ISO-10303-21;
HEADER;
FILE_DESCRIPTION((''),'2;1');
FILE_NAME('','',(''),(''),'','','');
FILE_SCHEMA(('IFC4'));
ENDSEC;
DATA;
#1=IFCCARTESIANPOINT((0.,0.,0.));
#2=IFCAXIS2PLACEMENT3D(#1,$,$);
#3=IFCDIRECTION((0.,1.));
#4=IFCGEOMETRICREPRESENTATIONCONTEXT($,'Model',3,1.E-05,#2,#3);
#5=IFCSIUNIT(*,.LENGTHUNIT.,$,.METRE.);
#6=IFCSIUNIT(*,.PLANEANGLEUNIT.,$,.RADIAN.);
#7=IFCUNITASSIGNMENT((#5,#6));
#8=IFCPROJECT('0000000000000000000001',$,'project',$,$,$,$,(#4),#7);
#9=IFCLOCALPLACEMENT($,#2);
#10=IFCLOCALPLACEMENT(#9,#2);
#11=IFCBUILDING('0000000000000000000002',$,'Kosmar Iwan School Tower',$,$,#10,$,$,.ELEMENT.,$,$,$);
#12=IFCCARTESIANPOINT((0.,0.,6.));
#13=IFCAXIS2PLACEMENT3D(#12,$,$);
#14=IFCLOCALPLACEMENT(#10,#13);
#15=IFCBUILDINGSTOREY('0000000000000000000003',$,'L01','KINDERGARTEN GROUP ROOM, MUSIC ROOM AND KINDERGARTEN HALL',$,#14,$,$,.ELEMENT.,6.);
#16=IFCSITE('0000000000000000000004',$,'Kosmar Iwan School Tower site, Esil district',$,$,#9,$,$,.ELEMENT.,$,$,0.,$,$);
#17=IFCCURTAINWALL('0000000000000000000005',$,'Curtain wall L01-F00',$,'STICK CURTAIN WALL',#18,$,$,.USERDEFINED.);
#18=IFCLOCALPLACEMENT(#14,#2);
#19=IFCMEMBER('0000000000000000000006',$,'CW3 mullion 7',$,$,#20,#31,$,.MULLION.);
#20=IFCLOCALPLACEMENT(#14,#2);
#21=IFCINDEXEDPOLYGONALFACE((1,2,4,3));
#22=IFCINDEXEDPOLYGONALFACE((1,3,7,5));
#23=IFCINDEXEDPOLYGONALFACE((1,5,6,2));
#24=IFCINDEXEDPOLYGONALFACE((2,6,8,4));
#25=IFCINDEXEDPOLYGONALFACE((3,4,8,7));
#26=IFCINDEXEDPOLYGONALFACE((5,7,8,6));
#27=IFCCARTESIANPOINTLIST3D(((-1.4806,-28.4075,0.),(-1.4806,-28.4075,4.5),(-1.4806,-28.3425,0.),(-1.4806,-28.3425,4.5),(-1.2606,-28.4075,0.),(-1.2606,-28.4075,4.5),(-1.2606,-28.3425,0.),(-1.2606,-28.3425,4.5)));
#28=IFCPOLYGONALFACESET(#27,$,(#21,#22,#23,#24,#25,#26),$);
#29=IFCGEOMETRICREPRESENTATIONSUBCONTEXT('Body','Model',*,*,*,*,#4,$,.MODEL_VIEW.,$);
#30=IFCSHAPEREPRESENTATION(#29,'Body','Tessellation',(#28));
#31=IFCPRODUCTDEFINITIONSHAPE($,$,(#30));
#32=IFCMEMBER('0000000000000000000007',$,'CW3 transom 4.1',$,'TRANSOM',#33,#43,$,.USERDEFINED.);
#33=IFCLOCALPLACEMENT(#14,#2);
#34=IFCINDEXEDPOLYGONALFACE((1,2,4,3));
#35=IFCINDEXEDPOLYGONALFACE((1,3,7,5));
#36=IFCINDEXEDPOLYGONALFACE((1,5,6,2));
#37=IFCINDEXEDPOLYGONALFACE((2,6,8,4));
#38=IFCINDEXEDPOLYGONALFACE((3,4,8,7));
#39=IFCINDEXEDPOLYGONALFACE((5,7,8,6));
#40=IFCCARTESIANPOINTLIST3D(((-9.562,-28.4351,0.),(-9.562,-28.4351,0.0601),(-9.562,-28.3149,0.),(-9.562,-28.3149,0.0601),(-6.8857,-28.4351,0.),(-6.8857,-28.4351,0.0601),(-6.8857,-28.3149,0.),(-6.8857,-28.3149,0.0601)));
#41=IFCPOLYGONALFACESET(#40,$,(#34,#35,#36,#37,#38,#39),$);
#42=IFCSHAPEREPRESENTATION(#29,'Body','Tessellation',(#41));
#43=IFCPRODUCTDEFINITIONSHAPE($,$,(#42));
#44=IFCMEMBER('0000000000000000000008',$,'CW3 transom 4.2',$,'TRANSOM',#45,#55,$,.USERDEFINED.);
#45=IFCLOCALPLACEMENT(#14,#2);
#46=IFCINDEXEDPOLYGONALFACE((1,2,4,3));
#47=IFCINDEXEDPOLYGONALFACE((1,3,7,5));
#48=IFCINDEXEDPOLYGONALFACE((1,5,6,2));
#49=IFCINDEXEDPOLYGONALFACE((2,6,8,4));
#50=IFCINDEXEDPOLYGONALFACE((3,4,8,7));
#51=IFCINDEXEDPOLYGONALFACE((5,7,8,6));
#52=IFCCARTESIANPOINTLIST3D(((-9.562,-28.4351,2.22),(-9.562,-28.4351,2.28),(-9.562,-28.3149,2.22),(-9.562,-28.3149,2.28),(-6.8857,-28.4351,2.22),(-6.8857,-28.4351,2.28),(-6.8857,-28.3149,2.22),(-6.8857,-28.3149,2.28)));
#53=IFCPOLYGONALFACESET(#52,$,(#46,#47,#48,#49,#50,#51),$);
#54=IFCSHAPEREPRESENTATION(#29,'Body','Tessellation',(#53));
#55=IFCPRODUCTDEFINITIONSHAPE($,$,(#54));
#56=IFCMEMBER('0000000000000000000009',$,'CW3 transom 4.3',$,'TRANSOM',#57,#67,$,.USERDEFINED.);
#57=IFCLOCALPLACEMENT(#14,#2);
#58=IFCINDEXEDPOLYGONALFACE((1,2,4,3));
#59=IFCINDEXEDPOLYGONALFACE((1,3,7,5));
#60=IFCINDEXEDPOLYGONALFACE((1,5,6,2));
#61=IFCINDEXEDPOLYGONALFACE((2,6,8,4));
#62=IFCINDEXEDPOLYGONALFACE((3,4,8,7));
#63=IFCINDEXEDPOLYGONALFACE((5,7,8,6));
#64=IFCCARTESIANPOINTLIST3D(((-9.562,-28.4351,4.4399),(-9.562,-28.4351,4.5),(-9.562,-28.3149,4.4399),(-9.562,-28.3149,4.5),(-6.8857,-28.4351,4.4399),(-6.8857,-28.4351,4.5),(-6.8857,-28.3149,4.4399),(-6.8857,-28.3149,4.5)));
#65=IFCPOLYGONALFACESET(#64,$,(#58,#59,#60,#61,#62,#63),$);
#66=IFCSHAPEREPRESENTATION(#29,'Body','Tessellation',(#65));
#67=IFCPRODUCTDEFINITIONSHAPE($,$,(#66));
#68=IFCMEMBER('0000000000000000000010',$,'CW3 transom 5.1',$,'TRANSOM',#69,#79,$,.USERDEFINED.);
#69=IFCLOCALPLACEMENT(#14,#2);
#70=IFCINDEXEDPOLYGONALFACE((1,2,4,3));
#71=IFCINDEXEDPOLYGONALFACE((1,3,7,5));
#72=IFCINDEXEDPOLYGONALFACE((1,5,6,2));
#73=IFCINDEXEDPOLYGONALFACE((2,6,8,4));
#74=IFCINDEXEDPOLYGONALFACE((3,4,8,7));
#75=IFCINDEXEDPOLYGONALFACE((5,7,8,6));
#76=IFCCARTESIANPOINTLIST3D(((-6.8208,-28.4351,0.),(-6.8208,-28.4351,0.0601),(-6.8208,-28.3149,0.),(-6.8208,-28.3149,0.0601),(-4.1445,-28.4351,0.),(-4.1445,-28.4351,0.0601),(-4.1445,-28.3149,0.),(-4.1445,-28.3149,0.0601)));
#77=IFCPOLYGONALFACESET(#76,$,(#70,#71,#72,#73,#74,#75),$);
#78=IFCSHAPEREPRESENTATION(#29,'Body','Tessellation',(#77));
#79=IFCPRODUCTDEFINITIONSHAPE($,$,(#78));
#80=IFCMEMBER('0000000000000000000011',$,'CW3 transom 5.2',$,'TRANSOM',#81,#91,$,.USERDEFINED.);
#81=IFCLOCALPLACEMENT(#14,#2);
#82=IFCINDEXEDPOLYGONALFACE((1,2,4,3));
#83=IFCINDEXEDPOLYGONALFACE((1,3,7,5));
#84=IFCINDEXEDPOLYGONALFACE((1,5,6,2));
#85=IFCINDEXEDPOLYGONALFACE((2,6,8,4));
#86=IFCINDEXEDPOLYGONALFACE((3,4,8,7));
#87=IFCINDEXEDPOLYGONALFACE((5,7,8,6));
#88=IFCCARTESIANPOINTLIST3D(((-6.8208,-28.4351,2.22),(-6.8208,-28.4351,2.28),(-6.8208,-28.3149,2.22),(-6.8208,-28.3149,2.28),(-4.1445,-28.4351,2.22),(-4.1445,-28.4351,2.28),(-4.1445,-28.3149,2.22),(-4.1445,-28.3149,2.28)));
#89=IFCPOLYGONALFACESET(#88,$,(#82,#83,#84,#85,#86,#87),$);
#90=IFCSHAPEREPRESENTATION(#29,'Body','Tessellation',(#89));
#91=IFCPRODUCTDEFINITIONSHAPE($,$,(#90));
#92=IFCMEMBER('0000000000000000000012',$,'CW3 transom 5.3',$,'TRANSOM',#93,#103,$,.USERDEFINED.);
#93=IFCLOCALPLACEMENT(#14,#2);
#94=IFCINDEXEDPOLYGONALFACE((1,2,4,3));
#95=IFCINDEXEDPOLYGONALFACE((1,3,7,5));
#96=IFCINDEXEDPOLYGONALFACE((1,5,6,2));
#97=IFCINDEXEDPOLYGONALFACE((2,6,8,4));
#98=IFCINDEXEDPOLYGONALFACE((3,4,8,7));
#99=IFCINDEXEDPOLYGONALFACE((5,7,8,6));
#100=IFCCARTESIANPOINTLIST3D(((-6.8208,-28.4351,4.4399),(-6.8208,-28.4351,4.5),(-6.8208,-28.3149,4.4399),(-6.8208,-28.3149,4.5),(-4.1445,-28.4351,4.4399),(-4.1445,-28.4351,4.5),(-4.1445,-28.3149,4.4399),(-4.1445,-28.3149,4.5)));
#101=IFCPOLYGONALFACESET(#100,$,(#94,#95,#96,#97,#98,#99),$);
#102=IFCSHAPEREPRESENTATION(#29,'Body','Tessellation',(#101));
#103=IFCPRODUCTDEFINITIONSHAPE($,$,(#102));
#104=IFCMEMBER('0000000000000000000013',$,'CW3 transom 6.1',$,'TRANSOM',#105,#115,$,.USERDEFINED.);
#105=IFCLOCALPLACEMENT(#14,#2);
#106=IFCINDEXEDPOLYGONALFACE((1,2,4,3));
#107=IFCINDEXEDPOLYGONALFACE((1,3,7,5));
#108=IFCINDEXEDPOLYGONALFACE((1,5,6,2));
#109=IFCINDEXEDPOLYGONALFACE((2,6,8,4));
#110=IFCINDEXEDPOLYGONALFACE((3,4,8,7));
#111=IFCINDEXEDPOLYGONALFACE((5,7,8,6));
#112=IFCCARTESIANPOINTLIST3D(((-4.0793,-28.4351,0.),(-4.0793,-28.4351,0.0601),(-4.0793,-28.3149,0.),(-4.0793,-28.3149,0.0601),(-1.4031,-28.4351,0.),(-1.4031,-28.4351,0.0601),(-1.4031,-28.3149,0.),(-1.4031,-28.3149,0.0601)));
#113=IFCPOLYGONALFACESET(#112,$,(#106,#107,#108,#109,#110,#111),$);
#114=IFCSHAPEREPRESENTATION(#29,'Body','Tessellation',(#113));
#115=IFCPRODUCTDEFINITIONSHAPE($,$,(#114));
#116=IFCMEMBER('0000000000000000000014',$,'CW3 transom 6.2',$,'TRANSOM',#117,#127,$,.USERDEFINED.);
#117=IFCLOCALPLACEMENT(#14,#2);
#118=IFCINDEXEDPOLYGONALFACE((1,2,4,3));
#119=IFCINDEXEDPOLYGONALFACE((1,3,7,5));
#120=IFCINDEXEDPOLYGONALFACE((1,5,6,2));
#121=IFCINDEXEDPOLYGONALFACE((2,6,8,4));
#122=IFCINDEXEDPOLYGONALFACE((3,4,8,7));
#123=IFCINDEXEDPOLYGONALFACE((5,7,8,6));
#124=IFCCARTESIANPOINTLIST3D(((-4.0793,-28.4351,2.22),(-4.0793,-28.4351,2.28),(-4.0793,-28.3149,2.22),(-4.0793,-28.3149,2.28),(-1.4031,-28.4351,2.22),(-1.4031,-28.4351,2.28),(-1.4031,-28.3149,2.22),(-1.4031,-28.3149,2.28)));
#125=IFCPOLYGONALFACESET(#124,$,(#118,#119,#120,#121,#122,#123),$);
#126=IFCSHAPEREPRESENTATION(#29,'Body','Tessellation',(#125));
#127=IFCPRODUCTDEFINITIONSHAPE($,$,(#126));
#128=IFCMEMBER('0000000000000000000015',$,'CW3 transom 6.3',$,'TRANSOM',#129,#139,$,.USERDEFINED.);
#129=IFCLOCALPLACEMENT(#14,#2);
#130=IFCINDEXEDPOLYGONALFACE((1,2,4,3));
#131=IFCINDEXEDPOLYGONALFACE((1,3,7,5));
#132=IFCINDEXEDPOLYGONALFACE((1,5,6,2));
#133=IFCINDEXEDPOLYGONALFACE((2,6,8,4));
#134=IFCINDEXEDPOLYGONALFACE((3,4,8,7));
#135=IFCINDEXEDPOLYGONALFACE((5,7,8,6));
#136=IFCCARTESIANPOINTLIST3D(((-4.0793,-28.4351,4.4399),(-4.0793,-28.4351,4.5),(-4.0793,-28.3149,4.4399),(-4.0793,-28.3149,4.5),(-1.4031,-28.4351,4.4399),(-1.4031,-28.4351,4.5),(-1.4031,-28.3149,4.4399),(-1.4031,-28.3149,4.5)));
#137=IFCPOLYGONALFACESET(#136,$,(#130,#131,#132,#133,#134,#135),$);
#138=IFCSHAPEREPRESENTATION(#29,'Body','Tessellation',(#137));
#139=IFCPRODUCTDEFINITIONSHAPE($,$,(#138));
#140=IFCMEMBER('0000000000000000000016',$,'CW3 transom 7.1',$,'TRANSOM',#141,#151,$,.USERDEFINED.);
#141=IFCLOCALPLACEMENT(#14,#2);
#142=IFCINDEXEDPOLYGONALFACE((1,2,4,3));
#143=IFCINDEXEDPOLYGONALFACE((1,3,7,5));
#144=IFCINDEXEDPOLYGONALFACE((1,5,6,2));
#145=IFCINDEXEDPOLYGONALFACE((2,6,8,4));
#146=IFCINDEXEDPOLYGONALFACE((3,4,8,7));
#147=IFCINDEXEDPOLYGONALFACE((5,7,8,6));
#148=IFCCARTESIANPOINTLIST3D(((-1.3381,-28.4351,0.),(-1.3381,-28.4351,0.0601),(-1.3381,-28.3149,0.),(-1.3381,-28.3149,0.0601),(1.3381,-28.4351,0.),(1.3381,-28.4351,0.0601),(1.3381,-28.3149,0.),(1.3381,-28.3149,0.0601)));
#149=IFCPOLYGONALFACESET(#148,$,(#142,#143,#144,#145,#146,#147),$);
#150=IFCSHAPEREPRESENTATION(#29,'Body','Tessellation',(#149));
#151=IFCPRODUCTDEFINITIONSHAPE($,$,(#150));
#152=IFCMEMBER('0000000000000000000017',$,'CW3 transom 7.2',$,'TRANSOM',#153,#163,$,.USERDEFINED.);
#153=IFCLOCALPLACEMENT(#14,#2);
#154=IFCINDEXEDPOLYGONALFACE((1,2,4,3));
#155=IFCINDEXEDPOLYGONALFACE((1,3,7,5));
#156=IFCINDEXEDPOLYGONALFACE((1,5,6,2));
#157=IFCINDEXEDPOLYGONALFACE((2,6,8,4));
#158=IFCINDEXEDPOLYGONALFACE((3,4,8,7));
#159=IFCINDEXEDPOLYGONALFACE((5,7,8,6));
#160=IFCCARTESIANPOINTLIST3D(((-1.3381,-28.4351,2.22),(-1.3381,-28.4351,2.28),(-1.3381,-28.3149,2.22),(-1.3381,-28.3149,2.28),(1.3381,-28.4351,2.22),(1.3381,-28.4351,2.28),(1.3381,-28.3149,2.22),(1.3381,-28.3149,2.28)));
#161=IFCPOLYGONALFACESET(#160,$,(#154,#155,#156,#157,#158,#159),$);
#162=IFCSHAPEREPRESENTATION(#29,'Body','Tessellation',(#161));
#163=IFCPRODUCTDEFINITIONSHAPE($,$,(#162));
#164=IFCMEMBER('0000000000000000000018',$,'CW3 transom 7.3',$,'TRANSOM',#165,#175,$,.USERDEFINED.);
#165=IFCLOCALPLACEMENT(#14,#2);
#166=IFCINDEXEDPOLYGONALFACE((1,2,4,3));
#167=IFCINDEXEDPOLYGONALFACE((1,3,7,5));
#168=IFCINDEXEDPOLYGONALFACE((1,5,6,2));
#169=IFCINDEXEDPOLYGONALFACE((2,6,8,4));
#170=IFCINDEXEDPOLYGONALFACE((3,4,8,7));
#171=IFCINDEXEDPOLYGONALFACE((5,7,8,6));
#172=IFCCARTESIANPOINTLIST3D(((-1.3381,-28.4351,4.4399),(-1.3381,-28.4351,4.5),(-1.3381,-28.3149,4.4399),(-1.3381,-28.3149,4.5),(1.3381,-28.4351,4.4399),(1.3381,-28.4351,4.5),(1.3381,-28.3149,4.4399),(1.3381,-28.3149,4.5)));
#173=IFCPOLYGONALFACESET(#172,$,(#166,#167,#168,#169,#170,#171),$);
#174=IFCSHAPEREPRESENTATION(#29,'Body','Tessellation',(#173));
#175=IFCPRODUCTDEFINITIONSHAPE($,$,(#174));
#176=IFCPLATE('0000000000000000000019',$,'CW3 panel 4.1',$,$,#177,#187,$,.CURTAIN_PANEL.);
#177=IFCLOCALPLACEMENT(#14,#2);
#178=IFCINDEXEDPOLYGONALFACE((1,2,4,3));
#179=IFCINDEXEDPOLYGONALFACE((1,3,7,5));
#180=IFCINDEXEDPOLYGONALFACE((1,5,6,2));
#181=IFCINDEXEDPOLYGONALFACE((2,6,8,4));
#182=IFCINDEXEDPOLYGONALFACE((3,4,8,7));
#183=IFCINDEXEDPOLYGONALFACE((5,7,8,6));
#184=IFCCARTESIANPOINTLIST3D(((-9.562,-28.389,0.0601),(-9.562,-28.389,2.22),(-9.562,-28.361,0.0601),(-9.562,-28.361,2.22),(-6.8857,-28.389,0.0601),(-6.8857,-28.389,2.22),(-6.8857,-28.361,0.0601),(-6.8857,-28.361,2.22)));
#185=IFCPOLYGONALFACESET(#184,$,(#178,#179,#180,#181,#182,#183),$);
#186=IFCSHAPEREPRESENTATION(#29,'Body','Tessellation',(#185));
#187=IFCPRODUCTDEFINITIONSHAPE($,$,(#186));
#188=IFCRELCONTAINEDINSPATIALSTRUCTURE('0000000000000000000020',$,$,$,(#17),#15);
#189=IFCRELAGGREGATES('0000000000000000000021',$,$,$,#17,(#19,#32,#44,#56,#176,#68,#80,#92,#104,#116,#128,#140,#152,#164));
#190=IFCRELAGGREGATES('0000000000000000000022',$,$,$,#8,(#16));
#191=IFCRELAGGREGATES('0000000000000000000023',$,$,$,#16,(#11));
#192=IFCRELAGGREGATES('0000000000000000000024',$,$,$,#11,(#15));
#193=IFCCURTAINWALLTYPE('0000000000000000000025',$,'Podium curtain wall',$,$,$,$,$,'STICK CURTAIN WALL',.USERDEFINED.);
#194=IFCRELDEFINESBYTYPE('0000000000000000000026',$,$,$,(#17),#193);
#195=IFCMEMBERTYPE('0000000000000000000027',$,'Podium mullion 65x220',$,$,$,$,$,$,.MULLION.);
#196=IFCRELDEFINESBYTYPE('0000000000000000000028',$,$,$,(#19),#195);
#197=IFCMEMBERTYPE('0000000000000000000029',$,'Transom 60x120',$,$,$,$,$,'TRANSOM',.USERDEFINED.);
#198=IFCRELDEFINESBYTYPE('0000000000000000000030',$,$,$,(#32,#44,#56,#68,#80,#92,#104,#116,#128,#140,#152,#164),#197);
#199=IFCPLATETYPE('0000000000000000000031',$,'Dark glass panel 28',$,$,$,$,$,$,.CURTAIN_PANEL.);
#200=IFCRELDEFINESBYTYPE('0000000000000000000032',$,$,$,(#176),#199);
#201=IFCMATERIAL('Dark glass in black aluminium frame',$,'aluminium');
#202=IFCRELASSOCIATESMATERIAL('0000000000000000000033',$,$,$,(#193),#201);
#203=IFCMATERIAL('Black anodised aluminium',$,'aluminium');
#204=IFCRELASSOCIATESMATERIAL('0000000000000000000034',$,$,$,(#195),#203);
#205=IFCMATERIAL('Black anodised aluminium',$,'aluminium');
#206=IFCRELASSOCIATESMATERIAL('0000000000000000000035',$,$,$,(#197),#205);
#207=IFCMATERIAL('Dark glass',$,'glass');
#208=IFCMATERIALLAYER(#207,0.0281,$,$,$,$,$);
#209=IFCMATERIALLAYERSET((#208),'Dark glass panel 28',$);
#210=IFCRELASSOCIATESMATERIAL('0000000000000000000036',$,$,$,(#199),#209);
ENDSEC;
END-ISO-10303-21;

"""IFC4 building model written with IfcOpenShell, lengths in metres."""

from ifc_helpers import new_model, si_unit, direction, frame, origin, origin_2d, place, context, subcontext, project, spatial, rectangle, extrude, material, layer, layer_set, material_profile, profile_set, type_object, element, aggregate, save


model = new_model("IFC4")

# Units and contexts
model_context = context("Model", 3, precision=1e-05, world=origin(), true_north=direction((0.0, 1.0)))
body_context = subcontext(model_context, "Body", "Model", "MODEL_VIEW")
ifc_project = project(units=[si_unit("LENGTHUNIT", "METRE"), si_unit("PLANEANGLEUNIT", "RADIAN")], contexts=[model_context])

# Site, building, storey
site_placement = place(None, origin())
site = spatial("IfcSite", under=ifc_project, at=site_placement, Name="Kosmar Iwan School Tower site, Esil district", CompositionType="ELEMENT", RefElevation=0.0)
building_placement = place(site_placement, origin())
building = spatial("IfcBuilding", under=site, at=building_placement, Name="Kosmar Iwan School Tower", CompositionType="ELEMENT")
storey_placement = place(building_placement, frame((0.0, 0.0, 6.0)))
storey = spatial("IfcBuildingStorey", under=building, at=storey_placement, Name="L01", Description="KINDERGARTEN GROUP ROOM, MUSIC ROOM AND KINDERGARTEN HALL", CompositionType="ELEMENT", Elevation=6.0)

# Curtain wall, members, plate
ifc_material_1 = material(Name="Dark glass in black aluminium frame", Category="aluminium")
curtain_wall_type = type_object("IfcCurtainWallType", Name="Podium curtain wall", ElementType="STICK CURTAIN WALL", PredefinedType="USERDEFINED", material=ifc_material_1)
curtain_wall_placement = place(storey_placement, origin())
curtain_wall = element("IfcCurtainWall", 1, at=curtain_wall_placement, inside=storey, type_object=curtain_wall_type, Name="Curtain wall L01-F00", ObjectType="STICK CURTAIN WALL", PredefinedType="USERDEFINED")
ifc_material_2 = material(Name="Black anodised aluminium", Category="aluminium")
ifc_material_profile_1 = material_profile(ifc_material_2, rectangle(XDim=0.0649, YDim=0.22, at=origin_2d()), Name="MULLION 65x220")
ifc_profile_set_1 = profile_set([ifc_material_profile_1], Name="Black anodised aluminium")
member_type_1 = type_object("IfcMemberType", Name="Podium mullion 65x220", PredefinedType="MULLION", material=ifc_profile_set_1)
member_1_placement = place(storey_placement, frame((-1.3706, -28.375, 0.0), z_axis=(0.0, 0.0, 1.0), x_axis=(0.0, 1.0, 0.0)))
member_1 = element("IfcMember", 2, at=member_1_placement, type_object=member_type_1, Name="CW3 mullion 7", PredefinedType="MULLION", context=body_context, shape_type="SweptSolid", body=[
    extrude(rectangle(XDim=0.0649, YDim=0.22, at=origin_2d()), origin(), (0.0, 0.0, 1.0), 4.5),
])
ifc_material_3 = material(Name="Black anodised aluminium", Category="aluminium")
ifc_material_profile_2 = material_profile(ifc_material_3, rectangle(XDim=0.1201, YDim=0.0601, at=origin_2d()), Name="TRANSOM 60x120")
ifc_profile_set_2 = profile_set([ifc_material_profile_2], Name="Black anodised aluminium")
member_type_2 = type_object("IfcMemberType", Name="Transom 60x120", ElementType="TRANSOM", PredefinedType="USERDEFINED", material=ifc_profile_set_2)
member_2_placement = place(storey_placement, frame((-9.562, -28.375, 0.03), z_axis=(1.0, 0.0, 0.0), x_axis=(0.0, 1.0, 0.0)))
member_2 = element("IfcMember", 3, at=member_2_placement, type_object=member_type_2, Name="CW3 transom 4.1", ObjectType="TRANSOM", PredefinedType="USERDEFINED", context=body_context, shape_type="SweptSolid", body=[
    extrude(rectangle(XDim=0.1201, YDim=0.0601, at=origin_2d()), origin(), (0.0, 0.0, 1.0), 2.6763),
])
member_3_placement = place(storey_placement, frame((-9.562, -28.375, 2.25), z_axis=(1.0, 0.0, 0.0), x_axis=(0.0, 1.0, 0.0)))
member_3 = element("IfcMember", 4, at=member_3_placement, type_object=member_type_2, Name="CW3 transom 4.2", ObjectType="TRANSOM", PredefinedType="USERDEFINED", context=body_context, shape_type="SweptSolid", body=[
    extrude(rectangle(XDim=0.1201, YDim=0.0601, at=origin_2d()), origin(), (0.0, 0.0, 1.0), 2.6763),
])
member_4_placement = place(storey_placement, frame((-9.562, -28.375, 4.47), z_axis=(1.0, 0.0, 0.0), x_axis=(0.0, 1.0, 0.0)))
member_4 = element("IfcMember", 5, at=member_4_placement, type_object=member_type_2, Name="CW3 transom 4.3", ObjectType="TRANSOM", PredefinedType="USERDEFINED", context=body_context, shape_type="SweptSolid", body=[
    extrude(rectangle(XDim=0.1201, YDim=0.0601, at=origin_2d()), origin(), (0.0, 0.0, 1.0), 2.6763),
])
member_5_placement = place(storey_placement, frame((-6.8208, -28.375, 0.03), z_axis=(1.0, 0.0, 0.0), x_axis=(0.0, 1.0, 0.0)))
member_5 = element("IfcMember", 6, at=member_5_placement, type_object=member_type_2, Name="CW3 transom 5.1", ObjectType="TRANSOM", PredefinedType="USERDEFINED", context=body_context, shape_type="SweptSolid", body=[
    extrude(rectangle(XDim=0.1201, YDim=0.0601, at=origin_2d()), origin(), (0.0, 0.0, 1.0), 2.6763),
])
member_6_placement = place(storey_placement, frame((-6.8208, -28.375, 2.25), z_axis=(1.0, 0.0, 0.0), x_axis=(0.0, 1.0, 0.0)))
member_6 = element("IfcMember", 7, at=member_6_placement, type_object=member_type_2, Name="CW3 transom 5.2", ObjectType="TRANSOM", PredefinedType="USERDEFINED", context=body_context, shape_type="SweptSolid", body=[
    extrude(rectangle(XDim=0.1201, YDim=0.0601, at=origin_2d()), origin(), (0.0, 0.0, 1.0), 2.6763),
])
member_7_placement = place(storey_placement, frame((-6.8208, -28.375, 4.47), z_axis=(1.0, 0.0, 0.0), x_axis=(0.0, 1.0, 0.0)))
member_7 = element("IfcMember", 8, at=member_7_placement, type_object=member_type_2, Name="CW3 transom 5.3", ObjectType="TRANSOM", PredefinedType="USERDEFINED", context=body_context, shape_type="SweptSolid", body=[
    extrude(rectangle(XDim=0.1201, YDim=0.0601, at=origin_2d()), origin(), (0.0, 0.0, 1.0), 2.6763),
])
member_8_placement = place(storey_placement, frame((-4.0793, -28.375, 0.03), z_axis=(1.0, 0.0, 0.0), x_axis=(0.0, 1.0, 0.0)))
member_8 = element("IfcMember", 9, at=member_8_placement, type_object=member_type_2, Name="CW3 transom 6.1", ObjectType="TRANSOM", PredefinedType="USERDEFINED", context=body_context, shape_type="SweptSolid", body=[
    extrude(rectangle(XDim=0.1201, YDim=0.0601, at=origin_2d()), origin(), (0.0, 0.0, 1.0), 2.6763),
])
member_9_placement = place(storey_placement, frame((-4.0793, -28.375, 2.25), z_axis=(1.0, 0.0, 0.0), x_axis=(0.0, 1.0, 0.0)))
member_9 = element("IfcMember", 10, at=member_9_placement, type_object=member_type_2, Name="CW3 transom 6.2", ObjectType="TRANSOM", PredefinedType="USERDEFINED", context=body_context, shape_type="SweptSolid", body=[
    extrude(rectangle(XDim=0.1201, YDim=0.0601, at=origin_2d()), origin(), (0.0, 0.0, 1.0), 2.6763),
])
member_10_placement = place(storey_placement, frame((-4.0793, -28.375, 4.47), z_axis=(1.0, 0.0, 0.0), x_axis=(0.0, 1.0, 0.0)))
member_10 = element("IfcMember", 11, at=member_10_placement, type_object=member_type_2, Name="CW3 transom 6.3", ObjectType="TRANSOM", PredefinedType="USERDEFINED", context=body_context, shape_type="SweptSolid", body=[
    extrude(rectangle(XDim=0.1201, YDim=0.0601, at=origin_2d()), origin(), (0.0, 0.0, 1.0), 2.6763),
])
member_11_placement = place(storey_placement, frame((-1.3381, -28.375, 0.03), z_axis=(1.0, 0.0, 0.0), x_axis=(0.0, 1.0, 0.0)))
member_11 = element("IfcMember", 12, at=member_11_placement, type_object=member_type_2, Name="CW3 transom 7.1", ObjectType="TRANSOM", PredefinedType="USERDEFINED", context=body_context, shape_type="SweptSolid", body=[
    extrude(rectangle(XDim=0.1201, YDim=0.0601, at=origin_2d()), origin(), (0.0, 0.0, 1.0), 2.6763),
])
member_12_placement = place(storey_placement, frame((-1.3381, -28.375, 2.25), z_axis=(1.0, 0.0, 0.0), x_axis=(0.0, 1.0, 0.0)))
member_12 = element("IfcMember", 13, at=member_12_placement, type_object=member_type_2, Name="CW3 transom 7.2", ObjectType="TRANSOM", PredefinedType="USERDEFINED", context=body_context, shape_type="SweptSolid", body=[
    extrude(rectangle(XDim=0.1201, YDim=0.0601, at=origin_2d()), origin(), (0.0, 0.0, 1.0), 2.6763),
])
member_13_placement = place(storey_placement, frame((-1.3381, -28.375, 4.47), z_axis=(1.0, 0.0, 0.0), x_axis=(0.0, 1.0, 0.0)))
member_13 = element("IfcMember", 14, at=member_13_placement, type_object=member_type_2, Name="CW3 transom 7.3", ObjectType="TRANSOM", PredefinedType="USERDEFINED", context=body_context, shape_type="SweptSolid", body=[
    extrude(rectangle(XDim=0.1201, YDim=0.0601, at=origin_2d()), origin(), (0.0, 0.0, 1.0), 2.6763),
])
ifc_material_4 = material(Name="Dark glass", Category="glass")
ifc_layer = layer(ifc_material_4, 0.0281)
ifc_layer_set = layer_set([ifc_layer], Name="Dark glass panel 28")
plate_type = type_object("IfcPlateType", Name="Dark glass panel 28", PredefinedType="CURTAIN_PANEL", material=ifc_layer_set)
plate_1_placement = place(storey_placement, frame((-8.2239, -28.375, 0.0601), z_axis=(0.0, 0.0, 1.0), x_axis=(1.0, 0.0, 0.0)))
plate_1 = element("IfcPlate", 15, at=plate_1_placement, type_object=plate_type, Name="CW3 panel 4.1", PredefinedType="CURTAIN_PANEL", context=body_context, shape_type="SweptSolid", body=[
    extrude(rectangle(XDim=2.6763, YDim=0.0281, at=origin_2d()), origin(), (0.0, 0.0, 1.0), 2.1599),
])
aggregate(curtain_wall, [member_1, member_2, member_3, member_4, plate_1, member_5, member_6, member_7, member_8, member_9, member_10, member_11, member_12, member_13])

save(model, "model.ifc")
